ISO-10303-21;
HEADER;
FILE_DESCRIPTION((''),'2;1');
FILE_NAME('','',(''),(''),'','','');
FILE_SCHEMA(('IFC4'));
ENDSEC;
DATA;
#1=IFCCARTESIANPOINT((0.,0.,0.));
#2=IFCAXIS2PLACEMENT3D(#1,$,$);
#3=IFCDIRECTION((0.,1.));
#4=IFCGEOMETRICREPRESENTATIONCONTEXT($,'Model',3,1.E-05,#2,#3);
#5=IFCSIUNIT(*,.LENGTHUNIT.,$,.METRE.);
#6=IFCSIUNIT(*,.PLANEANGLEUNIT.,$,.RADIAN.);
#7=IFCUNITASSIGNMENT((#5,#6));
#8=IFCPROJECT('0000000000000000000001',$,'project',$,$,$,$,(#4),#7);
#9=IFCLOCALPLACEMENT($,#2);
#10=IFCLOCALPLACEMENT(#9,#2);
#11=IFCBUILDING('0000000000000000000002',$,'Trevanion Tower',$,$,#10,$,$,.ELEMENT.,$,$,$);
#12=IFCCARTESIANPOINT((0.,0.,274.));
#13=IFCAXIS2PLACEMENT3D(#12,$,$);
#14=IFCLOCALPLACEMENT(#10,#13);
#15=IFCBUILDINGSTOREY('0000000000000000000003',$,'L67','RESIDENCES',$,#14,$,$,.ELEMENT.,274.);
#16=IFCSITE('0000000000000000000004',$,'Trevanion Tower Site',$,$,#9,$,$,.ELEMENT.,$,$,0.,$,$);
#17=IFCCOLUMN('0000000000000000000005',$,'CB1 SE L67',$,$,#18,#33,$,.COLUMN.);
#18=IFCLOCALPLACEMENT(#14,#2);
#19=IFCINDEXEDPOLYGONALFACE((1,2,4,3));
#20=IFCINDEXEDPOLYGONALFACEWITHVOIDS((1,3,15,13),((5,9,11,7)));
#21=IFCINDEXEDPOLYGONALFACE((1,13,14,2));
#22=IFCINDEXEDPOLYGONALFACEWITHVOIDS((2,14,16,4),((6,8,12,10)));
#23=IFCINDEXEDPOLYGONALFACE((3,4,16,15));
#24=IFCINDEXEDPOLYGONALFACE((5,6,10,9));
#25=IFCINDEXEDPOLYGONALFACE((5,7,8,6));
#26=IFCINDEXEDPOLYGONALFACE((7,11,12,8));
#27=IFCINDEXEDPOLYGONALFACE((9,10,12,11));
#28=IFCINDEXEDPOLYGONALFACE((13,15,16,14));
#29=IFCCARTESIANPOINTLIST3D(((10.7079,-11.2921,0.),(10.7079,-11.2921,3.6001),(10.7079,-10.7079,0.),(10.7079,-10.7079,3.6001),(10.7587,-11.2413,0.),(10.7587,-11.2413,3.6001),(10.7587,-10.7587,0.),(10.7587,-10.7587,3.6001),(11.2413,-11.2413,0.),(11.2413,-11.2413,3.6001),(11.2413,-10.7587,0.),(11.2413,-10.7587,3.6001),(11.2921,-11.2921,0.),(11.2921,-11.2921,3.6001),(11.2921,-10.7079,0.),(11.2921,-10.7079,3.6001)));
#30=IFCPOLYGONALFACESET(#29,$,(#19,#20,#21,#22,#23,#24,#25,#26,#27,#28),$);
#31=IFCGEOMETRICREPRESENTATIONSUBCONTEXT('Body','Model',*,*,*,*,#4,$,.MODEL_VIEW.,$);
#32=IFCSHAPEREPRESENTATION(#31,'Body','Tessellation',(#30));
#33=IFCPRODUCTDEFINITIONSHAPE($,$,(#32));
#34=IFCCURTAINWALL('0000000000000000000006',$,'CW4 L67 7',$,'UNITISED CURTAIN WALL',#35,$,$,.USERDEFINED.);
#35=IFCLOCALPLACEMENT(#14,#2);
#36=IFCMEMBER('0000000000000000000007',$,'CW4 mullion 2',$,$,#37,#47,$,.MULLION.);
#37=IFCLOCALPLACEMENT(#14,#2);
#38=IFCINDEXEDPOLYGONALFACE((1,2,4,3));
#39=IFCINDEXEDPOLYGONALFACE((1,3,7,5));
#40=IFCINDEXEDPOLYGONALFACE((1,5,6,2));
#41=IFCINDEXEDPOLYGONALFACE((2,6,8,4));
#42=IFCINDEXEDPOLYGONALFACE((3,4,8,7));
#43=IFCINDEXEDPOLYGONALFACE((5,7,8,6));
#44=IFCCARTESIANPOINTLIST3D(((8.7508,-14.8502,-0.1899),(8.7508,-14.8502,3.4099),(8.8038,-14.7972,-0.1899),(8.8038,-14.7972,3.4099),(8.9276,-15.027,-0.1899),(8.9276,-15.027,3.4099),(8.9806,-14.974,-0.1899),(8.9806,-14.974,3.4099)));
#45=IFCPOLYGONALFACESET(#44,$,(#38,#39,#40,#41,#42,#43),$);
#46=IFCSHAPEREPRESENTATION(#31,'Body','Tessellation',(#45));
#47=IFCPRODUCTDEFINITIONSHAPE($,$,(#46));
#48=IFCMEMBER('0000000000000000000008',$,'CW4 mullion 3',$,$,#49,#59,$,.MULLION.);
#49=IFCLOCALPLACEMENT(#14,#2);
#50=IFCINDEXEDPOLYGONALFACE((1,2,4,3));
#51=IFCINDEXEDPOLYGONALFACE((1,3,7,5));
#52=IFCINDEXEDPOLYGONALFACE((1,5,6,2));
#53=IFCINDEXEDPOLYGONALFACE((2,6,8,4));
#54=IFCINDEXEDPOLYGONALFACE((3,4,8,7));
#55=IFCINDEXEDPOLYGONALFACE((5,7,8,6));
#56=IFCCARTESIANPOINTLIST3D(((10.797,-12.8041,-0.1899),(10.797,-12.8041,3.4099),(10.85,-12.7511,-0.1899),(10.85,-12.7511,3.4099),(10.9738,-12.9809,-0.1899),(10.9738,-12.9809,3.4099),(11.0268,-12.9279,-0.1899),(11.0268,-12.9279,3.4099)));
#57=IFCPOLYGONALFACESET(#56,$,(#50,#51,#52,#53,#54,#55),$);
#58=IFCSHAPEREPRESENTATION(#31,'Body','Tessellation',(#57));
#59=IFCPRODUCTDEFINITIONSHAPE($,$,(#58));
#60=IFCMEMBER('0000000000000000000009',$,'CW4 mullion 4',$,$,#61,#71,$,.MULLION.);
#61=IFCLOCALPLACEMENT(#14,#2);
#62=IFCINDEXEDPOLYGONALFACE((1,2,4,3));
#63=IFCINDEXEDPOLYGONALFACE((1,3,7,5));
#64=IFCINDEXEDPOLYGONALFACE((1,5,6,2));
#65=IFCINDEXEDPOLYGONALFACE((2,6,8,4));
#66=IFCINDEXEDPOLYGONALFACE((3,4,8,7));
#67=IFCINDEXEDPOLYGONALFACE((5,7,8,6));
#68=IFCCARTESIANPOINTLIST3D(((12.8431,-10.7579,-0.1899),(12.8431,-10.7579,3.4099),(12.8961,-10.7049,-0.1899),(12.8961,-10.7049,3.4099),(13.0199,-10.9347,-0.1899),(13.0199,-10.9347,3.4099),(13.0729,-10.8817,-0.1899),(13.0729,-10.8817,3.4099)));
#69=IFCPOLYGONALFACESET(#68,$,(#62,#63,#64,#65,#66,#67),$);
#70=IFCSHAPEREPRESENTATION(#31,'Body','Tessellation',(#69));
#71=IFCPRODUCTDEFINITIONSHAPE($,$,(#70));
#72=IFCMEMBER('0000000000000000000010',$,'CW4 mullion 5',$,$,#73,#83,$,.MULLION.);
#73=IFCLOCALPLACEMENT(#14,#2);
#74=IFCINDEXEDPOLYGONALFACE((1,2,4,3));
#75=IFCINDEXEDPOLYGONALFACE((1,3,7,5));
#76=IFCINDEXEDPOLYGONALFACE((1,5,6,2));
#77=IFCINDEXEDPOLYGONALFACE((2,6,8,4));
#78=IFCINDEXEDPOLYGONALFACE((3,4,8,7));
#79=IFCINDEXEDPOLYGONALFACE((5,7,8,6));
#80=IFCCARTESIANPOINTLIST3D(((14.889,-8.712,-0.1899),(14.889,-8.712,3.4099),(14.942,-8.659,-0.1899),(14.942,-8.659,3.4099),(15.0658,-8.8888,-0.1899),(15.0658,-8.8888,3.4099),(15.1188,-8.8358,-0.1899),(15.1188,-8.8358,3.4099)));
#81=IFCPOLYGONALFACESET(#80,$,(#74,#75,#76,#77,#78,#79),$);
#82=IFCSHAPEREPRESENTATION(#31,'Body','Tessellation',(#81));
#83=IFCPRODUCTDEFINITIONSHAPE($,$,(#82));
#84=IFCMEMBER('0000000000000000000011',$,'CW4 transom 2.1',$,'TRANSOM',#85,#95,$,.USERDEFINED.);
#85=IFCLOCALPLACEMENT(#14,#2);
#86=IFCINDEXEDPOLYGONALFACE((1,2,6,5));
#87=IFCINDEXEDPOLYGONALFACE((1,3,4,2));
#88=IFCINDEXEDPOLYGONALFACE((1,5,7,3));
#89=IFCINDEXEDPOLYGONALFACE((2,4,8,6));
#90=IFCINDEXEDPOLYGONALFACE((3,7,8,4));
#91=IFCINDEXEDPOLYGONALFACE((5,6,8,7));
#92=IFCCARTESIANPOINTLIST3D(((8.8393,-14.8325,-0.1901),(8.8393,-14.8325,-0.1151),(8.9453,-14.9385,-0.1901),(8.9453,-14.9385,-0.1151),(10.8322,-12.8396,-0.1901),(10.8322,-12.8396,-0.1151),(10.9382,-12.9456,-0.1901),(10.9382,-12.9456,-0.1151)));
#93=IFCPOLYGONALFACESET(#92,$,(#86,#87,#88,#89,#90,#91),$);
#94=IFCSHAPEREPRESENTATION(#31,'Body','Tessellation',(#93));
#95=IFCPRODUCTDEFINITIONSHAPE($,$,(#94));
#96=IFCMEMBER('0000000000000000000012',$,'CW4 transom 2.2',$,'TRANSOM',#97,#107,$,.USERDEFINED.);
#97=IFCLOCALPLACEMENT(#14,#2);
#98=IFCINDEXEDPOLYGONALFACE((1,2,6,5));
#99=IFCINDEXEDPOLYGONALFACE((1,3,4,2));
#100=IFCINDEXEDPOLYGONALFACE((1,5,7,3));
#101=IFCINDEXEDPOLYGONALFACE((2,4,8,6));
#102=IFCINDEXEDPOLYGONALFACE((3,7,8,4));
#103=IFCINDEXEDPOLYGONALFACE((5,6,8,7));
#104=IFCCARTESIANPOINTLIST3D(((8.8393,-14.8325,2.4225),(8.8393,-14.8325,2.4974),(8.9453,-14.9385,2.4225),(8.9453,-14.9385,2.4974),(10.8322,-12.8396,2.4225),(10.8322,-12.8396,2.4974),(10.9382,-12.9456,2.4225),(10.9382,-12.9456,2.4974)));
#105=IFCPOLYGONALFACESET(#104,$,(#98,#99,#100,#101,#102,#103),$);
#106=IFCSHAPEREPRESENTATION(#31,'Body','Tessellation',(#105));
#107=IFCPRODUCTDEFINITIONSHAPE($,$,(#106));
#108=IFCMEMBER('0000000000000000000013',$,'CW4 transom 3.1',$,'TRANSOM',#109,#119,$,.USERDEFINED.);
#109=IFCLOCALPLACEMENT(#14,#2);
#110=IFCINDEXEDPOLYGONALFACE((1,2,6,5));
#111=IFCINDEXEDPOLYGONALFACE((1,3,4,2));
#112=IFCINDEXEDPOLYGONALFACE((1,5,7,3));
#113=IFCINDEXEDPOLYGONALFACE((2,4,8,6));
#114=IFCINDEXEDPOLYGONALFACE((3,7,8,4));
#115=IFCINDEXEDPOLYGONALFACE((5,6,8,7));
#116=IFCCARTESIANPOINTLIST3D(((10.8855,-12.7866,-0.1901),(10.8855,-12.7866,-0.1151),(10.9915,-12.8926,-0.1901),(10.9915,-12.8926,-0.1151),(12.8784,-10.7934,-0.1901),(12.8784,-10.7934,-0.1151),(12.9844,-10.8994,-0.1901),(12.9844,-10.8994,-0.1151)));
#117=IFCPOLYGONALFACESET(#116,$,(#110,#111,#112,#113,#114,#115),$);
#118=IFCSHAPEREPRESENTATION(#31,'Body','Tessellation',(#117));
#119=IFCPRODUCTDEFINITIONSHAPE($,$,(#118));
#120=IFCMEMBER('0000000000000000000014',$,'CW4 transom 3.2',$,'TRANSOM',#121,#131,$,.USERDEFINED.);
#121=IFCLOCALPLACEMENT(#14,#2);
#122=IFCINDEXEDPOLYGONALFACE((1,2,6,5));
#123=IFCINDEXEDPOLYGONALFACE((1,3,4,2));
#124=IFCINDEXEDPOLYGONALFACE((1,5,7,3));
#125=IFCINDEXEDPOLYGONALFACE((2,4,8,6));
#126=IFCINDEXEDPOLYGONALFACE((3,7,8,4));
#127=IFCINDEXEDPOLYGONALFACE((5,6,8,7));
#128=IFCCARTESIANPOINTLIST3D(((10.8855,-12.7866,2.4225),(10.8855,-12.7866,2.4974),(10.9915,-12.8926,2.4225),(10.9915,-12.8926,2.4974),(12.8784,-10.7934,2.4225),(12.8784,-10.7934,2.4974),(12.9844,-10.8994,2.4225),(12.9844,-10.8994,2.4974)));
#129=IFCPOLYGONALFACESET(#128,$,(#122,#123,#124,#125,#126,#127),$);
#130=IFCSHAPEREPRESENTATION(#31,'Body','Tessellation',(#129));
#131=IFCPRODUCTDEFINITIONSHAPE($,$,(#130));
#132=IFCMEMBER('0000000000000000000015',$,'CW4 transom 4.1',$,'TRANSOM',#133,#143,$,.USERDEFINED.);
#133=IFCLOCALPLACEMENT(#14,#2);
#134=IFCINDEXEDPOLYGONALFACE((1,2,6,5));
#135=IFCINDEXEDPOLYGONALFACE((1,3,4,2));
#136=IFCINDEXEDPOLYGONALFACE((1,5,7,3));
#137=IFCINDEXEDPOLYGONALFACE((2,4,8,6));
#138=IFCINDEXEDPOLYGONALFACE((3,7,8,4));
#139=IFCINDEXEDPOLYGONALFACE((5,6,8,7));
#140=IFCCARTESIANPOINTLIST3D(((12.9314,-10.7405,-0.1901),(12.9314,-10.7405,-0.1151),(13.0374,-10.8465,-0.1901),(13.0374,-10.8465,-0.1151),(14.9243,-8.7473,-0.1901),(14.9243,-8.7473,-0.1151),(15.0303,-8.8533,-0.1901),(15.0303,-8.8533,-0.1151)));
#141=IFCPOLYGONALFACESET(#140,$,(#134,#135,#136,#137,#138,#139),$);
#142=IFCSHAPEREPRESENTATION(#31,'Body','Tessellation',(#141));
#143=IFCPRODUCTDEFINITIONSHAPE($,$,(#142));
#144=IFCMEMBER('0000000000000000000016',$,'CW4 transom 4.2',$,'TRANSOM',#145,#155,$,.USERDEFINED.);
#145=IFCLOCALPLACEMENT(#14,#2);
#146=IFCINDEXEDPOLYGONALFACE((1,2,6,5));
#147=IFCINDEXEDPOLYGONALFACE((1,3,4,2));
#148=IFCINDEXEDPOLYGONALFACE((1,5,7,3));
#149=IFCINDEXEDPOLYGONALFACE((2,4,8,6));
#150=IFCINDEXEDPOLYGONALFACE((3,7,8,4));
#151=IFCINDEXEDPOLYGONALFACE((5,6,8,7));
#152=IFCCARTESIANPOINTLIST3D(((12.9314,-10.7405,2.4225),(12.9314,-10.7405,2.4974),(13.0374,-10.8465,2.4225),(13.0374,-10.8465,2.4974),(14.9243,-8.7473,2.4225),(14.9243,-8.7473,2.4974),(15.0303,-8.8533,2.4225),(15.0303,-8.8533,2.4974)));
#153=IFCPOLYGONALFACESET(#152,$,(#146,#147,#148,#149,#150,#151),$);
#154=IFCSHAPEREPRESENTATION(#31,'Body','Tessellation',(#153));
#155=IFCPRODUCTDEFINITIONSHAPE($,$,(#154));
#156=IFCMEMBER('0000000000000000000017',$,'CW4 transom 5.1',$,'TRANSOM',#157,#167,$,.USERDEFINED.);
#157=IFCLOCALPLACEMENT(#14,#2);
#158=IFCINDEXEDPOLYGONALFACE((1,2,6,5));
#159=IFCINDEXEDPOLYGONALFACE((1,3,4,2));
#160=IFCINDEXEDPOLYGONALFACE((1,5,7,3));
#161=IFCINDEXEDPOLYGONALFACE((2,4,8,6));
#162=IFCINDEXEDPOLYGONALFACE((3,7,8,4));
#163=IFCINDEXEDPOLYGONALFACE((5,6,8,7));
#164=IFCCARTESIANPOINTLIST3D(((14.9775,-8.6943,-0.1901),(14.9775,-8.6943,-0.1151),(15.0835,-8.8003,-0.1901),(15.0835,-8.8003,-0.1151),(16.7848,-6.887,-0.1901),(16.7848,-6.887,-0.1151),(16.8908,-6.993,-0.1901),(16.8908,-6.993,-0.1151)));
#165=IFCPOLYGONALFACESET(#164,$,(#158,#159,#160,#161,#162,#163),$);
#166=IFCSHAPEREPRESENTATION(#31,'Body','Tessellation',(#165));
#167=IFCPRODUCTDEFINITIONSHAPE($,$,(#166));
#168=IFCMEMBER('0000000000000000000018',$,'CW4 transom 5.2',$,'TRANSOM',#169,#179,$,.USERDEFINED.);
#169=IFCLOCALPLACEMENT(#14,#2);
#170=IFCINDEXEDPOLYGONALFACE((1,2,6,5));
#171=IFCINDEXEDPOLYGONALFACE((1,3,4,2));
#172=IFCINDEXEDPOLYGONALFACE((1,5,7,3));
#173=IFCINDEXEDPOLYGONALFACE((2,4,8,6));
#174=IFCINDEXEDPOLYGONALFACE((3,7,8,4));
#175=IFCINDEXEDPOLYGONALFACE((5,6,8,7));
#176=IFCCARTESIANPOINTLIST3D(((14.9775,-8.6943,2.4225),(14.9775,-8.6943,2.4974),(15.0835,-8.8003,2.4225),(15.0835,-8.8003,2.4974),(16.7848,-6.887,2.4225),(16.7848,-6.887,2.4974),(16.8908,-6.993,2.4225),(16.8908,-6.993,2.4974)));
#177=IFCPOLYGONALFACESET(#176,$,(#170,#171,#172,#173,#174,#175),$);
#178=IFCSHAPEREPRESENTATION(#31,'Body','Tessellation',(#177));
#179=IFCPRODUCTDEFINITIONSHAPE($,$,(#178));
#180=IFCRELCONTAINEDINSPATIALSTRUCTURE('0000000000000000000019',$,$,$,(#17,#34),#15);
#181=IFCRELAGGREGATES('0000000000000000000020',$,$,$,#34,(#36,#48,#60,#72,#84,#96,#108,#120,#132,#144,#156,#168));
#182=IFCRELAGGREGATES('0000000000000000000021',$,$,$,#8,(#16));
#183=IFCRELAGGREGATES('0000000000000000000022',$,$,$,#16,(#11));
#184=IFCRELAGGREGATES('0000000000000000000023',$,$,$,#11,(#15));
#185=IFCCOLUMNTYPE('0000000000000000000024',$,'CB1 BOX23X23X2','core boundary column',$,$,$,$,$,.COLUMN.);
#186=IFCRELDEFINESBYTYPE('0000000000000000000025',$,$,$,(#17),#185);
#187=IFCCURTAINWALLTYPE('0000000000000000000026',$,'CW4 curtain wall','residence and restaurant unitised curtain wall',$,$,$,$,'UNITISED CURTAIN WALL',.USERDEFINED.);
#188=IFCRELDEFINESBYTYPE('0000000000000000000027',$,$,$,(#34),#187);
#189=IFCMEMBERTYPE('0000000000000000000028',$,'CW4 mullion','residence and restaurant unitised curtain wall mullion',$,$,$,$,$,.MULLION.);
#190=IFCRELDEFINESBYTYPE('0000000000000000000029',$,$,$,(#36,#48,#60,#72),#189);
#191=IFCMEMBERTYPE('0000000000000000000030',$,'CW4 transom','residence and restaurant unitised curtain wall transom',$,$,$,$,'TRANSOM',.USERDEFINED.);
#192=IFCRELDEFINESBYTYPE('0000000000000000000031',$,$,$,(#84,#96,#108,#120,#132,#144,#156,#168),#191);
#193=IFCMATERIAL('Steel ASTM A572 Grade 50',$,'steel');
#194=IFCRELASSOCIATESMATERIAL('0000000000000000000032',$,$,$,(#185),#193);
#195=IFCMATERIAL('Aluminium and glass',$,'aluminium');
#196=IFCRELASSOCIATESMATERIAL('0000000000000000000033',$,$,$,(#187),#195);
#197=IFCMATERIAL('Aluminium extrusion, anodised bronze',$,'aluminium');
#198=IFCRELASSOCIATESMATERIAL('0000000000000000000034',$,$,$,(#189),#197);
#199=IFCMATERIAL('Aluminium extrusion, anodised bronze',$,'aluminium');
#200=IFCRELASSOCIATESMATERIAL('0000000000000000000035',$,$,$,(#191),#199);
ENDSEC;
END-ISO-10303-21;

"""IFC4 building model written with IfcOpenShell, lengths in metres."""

from ifc_helpers import new_model, si_unit, direction, frame, origin, origin_2d, place, context, subcontext, project, spatial, rectangle, hollow_rectangle, extrude, material, material_profile, profile_set, type_object, element, aggregate, save


model = new_model("IFC4")

# Units and contexts
model_context = context("Model", 3, precision=1e-05, world=origin(), true_north=direction((0.0, 1.0)))
body_context = subcontext(model_context, "Body", "Model", "MODEL_VIEW")
ifc_project = project(units=[si_unit("LENGTHUNIT", "METRE"), si_unit("PLANEANGLEUNIT", "RADIAN")], contexts=[model_context])

# Site, building, storey
site_placement = place(None, origin())
site = spatial("IfcSite", under=ifc_project, at=site_placement, Name="Trevanion Tower Site", CompositionType="ELEMENT", RefElevation=0.0)
building_placement = place(site_placement, origin())
building = spatial("IfcBuilding", under=site, at=building_placement, Name="Trevanion Tower", CompositionType="ELEMENT")
storey_placement = place(building_placement, frame((0.0, 0.0, 274.0)))
storey = spatial("IfcBuildingStorey", under=building, at=storey_placement, Name="L67", Description="RESIDENCES", CompositionType="ELEMENT", Elevation=274.0)

# Column
ifc_material_1 = material(Name="Steel ASTM A572 Grade 50", Category="steel")
ifc_material_profile_1 = material_profile(ifc_material_1, hollow_rectangle(XDim=0.5842, YDim=0.5842, WallThickness=0.0508, at=origin_2d()), Name="BOX23X23X2")
ifc_profile_set_1 = profile_set([ifc_material_profile_1], Name="Steel ASTM A572 Grade 50")
column_type = type_object("IfcColumnType", Name="CB1 BOX23X23X2", Description="core boundary column", PredefinedType="COLUMN", material=ifc_profile_set_1)
column_placement = place(storey_placement, frame((11.0, -11.0, 0.0), z_axis=(0.0, 0.0, 1.0), x_axis=(1.0, 0.0, 0.0)))
element("IfcColumn", 1, at=column_placement, inside=storey, type_object=column_type, Name="CB1 SE L67", PredefinedType="COLUMN", context=body_context, shape_type="SweptSolid", body=[
    extrude(hollow_rectangle(XDim=0.5842, YDim=0.5842, WallThickness=0.0508, at=origin_2d()), origin(), (0.0, 0.0, 1.0), 3.6001),
])

# Curtain wall, members
ifc_material_2 = material(Name="Aluminium and glass", Category="aluminium")
curtain_wall_type = type_object("IfcCurtainWallType", Name="CW4 curtain wall", Description="residence and restaurant unitised curtain wall", ElementType="UNITISED CURTAIN WALL", PredefinedType="USERDEFINED", material=ifc_material_2)
curtain_wall_placement = place(storey_placement, origin())
curtain_wall = element("IfcCurtainWall", 2, at=curtain_wall_placement, inside=storey, type_object=curtain_wall_type, Name="CW4 L67 7", ObjectType="UNITISED CURTAIN WALL", PredefinedType="USERDEFINED")
ifc_material_3 = material(Name="Aluminium extrusion, anodised bronze", Category="aluminium")
ifc_material_profile_2 = material_profile(ifc_material_3, rectangle(XDim=0.075, YDim=0.25, at=origin_2d()), Name="CW4 mullion")
ifc_profile_set_2 = profile_set([ifc_material_profile_2], Name="Aluminium extrusion, anodised bronze")
member_type_1 = type_object("IfcMemberType", Name="CW4 mullion", Description="residence and restaurant unitised curtain wall mullion", PredefinedType="MULLION", material=ifc_profile_set_2)
member_1_placement = place(storey_placement, frame((8.8657, -14.9121, -0.1899), z_axis=(0.0, 0.0, 1.0), x_axis=(0.707107, 0.707107, 0.0)))
member_1 = element("IfcMember", 3, at=member_1_placement, type_object=member_type_1, Name="CW4 mullion 2", PredefinedType="MULLION", context=body_context, shape_type="SweptSolid", body=[
    extrude(rectangle(XDim=0.075, YDim=0.25, at=origin_2d()), origin(), (0.0, 0.0, 1.0), 3.5999),
])
member_2_placement = place(storey_placement, frame((10.9119, -12.866, -0.1899), z_axis=(0.0, 0.0, 1.0), x_axis=(0.707107, 0.707107, 0.0)))
member_2 = element("IfcMember", 4, at=member_2_placement, type_object=member_type_1, Name="CW4 mullion 3", PredefinedType="MULLION", context=body_context, shape_type="SweptSolid", body=[
    extrude(rectangle(XDim=0.075, YDim=0.25, at=origin_2d()), origin(), (0.0, 0.0, 1.0), 3.5999),
])
member_3_placement = place(storey_placement, frame((12.958, -10.8198, -0.1899), z_axis=(0.0, 0.0, 1.0), x_axis=(0.707107, 0.707107, 0.0)))
member_3 = element("IfcMember", 5, at=member_3_placement, type_object=member_type_1, Name="CW4 mullion 4", PredefinedType="MULLION", context=body_context, shape_type="SweptSolid", body=[
    extrude(rectangle(XDim=0.075, YDim=0.25, at=origin_2d()), origin(), (0.0, 0.0, 1.0), 3.5999),
])
member_4_placement = place(storey_placement, frame((15.0039, -8.7739, -0.1899), z_axis=(0.0, 0.0, 1.0), x_axis=(0.707107, 0.707107, 0.0)))
member_4 = element("IfcMember", 6, at=member_4_placement, type_object=member_type_1, Name="CW4 mullion 5", PredefinedType="MULLION", context=body_context, shape_type="SweptSolid", body=[
    extrude(rectangle(XDim=0.075, YDim=0.25, at=origin_2d()), origin(), (0.0, 0.0, 1.0), 3.5999),
])
ifc_material_4 = material(Name="Aluminium extrusion, anodised bronze", Category="aluminium")
ifc_material_profile_3 = material_profile(ifc_material_4, rectangle(XDim=0.1499, YDim=0.075, at=origin_2d()), Name="CW4 transom")
ifc_profile_set_3 = profile_set([ifc_material_profile_3], Name="Aluminium extrusion, anodised bronze")
member_type_2 = type_object("IfcMemberType", Name="CW4 transom", Description="residence and restaurant unitised curtain wall transom", ElementType="TRANSOM", PredefinedType="USERDEFINED", material=ifc_profile_set_3)
member_5_placement = place(storey_placement, frame((8.8923, -14.8855, -0.1526), z_axis=(0.707107, 0.707107, 0.0), x_axis=(-0.707107, 0.707107, 0.0)))
member_5 = element("IfcMember", 7, at=member_5_placement, type_object=member_type_2, Name="CW4 transom 2.1", ObjectType="TRANSOM", PredefinedType="USERDEFINED", context=body_context, shape_type="SweptSolid", body=[
    extrude(rectangle(XDim=0.1499, YDim=0.075, at=origin_2d()), origin(), (0.0, 0.0, 1.0), 2.8184),
])
member_6_placement = place(storey_placement, frame((8.8923, -14.8855, 2.46), z_axis=(0.707107, 0.707107, 0.0), x_axis=(-0.707107, 0.707107, 0.0)))
member_6 = element("IfcMember", 8, at=member_6_placement, type_object=member_type_2, Name="CW4 transom 2.2", ObjectType="TRANSOM", PredefinedType="USERDEFINED", context=body_context, shape_type="SweptSolid", body=[
    extrude(rectangle(XDim=0.1499, YDim=0.075, at=origin_2d()), origin(), (0.0, 0.0, 1.0), 2.8184),
])
member_7_placement = place(storey_placement, frame((10.9385, -12.8396, -0.1526), z_axis=(0.707063, 0.70715, 0.0), x_axis=(-0.70715, 0.707063, 0.0)))
member_7 = element("IfcMember", 9, at=member_7_placement, type_object=member_type_2, Name="CW4 transom 3.1", ObjectType="TRANSOM", PredefinedType="USERDEFINED", context=body_context, shape_type="SweptSolid", body=[
    extrude(rectangle(XDim=0.1499, YDim=0.075, at=origin_2d()), origin(), (0.0, 0.0, 1.0), 2.8186),
])
member_8_placement = place(storey_placement, frame((10.9385, -12.8396, 2.46), z_axis=(0.707063, 0.70715, 0.0), x_axis=(-0.70715, 0.707063, 0.0)))
member_8 = element("IfcMember", 10, at=member_8_placement, type_object=member_type_2, Name="CW4 transom 3.2", ObjectType="TRANSOM", PredefinedType="USERDEFINED", context=body_context, shape_type="SweptSolid", body=[
    extrude(rectangle(XDim=0.1499, YDim=0.075, at=origin_2d()), origin(), (0.0, 0.0, 1.0), 2.8186),
])
member_9_placement = place(storey_placement, frame((12.9844, -10.7935, -0.1526), z_axis=(0.707063, 0.70715, 0.0), x_axis=(-0.70715, 0.707063, 0.0)))
member_9 = element("IfcMember", 11, at=member_9_placement, type_object=member_type_2, Name="CW4 transom 4.1", ObjectType="TRANSOM", PredefinedType="USERDEFINED", context=body_context, shape_type="SweptSolid", body=[
    extrude(rectangle(XDim=0.1499, YDim=0.075, at=origin_2d()), origin(), (0.0, 0.0, 1.0), 2.8186),
])
member_10_placement = place(storey_placement, frame((12.9844, -10.7935, 2.46), z_axis=(0.707063, 0.70715, 0.0), x_axis=(-0.70715, 0.707063, 0.0)))
member_10 = element("IfcMember", 12, at=member_10_placement, type_object=member_type_2, Name="CW4 transom 4.2", ObjectType="TRANSOM", PredefinedType="USERDEFINED", context=body_context, shape_type="SweptSolid", body=[
    extrude(rectangle(XDim=0.1499, YDim=0.075, at=origin_2d()), origin(), (0.0, 0.0, 1.0), 2.8186),
])
member_11_placement = place(storey_placement, frame((15.0305, -8.7473, -0.1526), z_axis=(0.707107, 0.707107, 0.0), x_axis=(-0.707107, 0.707107, 0.0)))
member_11 = element("IfcMember", 13, at=member_11_placement, type_object=member_type_2, Name="CW4 transom 5.1", ObjectType="TRANSOM", PredefinedType="USERDEFINED", context=body_context, shape_type="SweptSolid", body=[
    extrude(rectangle(XDim=0.1499, YDim=0.075, at=origin_2d()), origin(), (0.0, 0.0, 1.0), 2.5559),
])
member_12_placement = place(storey_placement, frame((15.0305, -8.7473, 2.46), z_axis=(0.707107, 0.707107, 0.0), x_axis=(-0.707107, 0.707107, 0.0)))
member_12 = element("IfcMember", 14, at=member_12_placement, type_object=member_type_2, Name="CW4 transom 5.2", ObjectType="TRANSOM", PredefinedType="USERDEFINED", context=body_context, shape_type="SweptSolid", body=[
    extrude(rectangle(XDim=0.1499, YDim=0.075, at=origin_2d()), origin(), (0.0, 0.0, 1.0), 2.5559),
])

aggregate(curtain_wall, [member_1, member_2, member_3, member_4, member_5, member_6, member_7, member_8, member_9, member_10, member_11, member_12])

save(model, "model.ifc")
